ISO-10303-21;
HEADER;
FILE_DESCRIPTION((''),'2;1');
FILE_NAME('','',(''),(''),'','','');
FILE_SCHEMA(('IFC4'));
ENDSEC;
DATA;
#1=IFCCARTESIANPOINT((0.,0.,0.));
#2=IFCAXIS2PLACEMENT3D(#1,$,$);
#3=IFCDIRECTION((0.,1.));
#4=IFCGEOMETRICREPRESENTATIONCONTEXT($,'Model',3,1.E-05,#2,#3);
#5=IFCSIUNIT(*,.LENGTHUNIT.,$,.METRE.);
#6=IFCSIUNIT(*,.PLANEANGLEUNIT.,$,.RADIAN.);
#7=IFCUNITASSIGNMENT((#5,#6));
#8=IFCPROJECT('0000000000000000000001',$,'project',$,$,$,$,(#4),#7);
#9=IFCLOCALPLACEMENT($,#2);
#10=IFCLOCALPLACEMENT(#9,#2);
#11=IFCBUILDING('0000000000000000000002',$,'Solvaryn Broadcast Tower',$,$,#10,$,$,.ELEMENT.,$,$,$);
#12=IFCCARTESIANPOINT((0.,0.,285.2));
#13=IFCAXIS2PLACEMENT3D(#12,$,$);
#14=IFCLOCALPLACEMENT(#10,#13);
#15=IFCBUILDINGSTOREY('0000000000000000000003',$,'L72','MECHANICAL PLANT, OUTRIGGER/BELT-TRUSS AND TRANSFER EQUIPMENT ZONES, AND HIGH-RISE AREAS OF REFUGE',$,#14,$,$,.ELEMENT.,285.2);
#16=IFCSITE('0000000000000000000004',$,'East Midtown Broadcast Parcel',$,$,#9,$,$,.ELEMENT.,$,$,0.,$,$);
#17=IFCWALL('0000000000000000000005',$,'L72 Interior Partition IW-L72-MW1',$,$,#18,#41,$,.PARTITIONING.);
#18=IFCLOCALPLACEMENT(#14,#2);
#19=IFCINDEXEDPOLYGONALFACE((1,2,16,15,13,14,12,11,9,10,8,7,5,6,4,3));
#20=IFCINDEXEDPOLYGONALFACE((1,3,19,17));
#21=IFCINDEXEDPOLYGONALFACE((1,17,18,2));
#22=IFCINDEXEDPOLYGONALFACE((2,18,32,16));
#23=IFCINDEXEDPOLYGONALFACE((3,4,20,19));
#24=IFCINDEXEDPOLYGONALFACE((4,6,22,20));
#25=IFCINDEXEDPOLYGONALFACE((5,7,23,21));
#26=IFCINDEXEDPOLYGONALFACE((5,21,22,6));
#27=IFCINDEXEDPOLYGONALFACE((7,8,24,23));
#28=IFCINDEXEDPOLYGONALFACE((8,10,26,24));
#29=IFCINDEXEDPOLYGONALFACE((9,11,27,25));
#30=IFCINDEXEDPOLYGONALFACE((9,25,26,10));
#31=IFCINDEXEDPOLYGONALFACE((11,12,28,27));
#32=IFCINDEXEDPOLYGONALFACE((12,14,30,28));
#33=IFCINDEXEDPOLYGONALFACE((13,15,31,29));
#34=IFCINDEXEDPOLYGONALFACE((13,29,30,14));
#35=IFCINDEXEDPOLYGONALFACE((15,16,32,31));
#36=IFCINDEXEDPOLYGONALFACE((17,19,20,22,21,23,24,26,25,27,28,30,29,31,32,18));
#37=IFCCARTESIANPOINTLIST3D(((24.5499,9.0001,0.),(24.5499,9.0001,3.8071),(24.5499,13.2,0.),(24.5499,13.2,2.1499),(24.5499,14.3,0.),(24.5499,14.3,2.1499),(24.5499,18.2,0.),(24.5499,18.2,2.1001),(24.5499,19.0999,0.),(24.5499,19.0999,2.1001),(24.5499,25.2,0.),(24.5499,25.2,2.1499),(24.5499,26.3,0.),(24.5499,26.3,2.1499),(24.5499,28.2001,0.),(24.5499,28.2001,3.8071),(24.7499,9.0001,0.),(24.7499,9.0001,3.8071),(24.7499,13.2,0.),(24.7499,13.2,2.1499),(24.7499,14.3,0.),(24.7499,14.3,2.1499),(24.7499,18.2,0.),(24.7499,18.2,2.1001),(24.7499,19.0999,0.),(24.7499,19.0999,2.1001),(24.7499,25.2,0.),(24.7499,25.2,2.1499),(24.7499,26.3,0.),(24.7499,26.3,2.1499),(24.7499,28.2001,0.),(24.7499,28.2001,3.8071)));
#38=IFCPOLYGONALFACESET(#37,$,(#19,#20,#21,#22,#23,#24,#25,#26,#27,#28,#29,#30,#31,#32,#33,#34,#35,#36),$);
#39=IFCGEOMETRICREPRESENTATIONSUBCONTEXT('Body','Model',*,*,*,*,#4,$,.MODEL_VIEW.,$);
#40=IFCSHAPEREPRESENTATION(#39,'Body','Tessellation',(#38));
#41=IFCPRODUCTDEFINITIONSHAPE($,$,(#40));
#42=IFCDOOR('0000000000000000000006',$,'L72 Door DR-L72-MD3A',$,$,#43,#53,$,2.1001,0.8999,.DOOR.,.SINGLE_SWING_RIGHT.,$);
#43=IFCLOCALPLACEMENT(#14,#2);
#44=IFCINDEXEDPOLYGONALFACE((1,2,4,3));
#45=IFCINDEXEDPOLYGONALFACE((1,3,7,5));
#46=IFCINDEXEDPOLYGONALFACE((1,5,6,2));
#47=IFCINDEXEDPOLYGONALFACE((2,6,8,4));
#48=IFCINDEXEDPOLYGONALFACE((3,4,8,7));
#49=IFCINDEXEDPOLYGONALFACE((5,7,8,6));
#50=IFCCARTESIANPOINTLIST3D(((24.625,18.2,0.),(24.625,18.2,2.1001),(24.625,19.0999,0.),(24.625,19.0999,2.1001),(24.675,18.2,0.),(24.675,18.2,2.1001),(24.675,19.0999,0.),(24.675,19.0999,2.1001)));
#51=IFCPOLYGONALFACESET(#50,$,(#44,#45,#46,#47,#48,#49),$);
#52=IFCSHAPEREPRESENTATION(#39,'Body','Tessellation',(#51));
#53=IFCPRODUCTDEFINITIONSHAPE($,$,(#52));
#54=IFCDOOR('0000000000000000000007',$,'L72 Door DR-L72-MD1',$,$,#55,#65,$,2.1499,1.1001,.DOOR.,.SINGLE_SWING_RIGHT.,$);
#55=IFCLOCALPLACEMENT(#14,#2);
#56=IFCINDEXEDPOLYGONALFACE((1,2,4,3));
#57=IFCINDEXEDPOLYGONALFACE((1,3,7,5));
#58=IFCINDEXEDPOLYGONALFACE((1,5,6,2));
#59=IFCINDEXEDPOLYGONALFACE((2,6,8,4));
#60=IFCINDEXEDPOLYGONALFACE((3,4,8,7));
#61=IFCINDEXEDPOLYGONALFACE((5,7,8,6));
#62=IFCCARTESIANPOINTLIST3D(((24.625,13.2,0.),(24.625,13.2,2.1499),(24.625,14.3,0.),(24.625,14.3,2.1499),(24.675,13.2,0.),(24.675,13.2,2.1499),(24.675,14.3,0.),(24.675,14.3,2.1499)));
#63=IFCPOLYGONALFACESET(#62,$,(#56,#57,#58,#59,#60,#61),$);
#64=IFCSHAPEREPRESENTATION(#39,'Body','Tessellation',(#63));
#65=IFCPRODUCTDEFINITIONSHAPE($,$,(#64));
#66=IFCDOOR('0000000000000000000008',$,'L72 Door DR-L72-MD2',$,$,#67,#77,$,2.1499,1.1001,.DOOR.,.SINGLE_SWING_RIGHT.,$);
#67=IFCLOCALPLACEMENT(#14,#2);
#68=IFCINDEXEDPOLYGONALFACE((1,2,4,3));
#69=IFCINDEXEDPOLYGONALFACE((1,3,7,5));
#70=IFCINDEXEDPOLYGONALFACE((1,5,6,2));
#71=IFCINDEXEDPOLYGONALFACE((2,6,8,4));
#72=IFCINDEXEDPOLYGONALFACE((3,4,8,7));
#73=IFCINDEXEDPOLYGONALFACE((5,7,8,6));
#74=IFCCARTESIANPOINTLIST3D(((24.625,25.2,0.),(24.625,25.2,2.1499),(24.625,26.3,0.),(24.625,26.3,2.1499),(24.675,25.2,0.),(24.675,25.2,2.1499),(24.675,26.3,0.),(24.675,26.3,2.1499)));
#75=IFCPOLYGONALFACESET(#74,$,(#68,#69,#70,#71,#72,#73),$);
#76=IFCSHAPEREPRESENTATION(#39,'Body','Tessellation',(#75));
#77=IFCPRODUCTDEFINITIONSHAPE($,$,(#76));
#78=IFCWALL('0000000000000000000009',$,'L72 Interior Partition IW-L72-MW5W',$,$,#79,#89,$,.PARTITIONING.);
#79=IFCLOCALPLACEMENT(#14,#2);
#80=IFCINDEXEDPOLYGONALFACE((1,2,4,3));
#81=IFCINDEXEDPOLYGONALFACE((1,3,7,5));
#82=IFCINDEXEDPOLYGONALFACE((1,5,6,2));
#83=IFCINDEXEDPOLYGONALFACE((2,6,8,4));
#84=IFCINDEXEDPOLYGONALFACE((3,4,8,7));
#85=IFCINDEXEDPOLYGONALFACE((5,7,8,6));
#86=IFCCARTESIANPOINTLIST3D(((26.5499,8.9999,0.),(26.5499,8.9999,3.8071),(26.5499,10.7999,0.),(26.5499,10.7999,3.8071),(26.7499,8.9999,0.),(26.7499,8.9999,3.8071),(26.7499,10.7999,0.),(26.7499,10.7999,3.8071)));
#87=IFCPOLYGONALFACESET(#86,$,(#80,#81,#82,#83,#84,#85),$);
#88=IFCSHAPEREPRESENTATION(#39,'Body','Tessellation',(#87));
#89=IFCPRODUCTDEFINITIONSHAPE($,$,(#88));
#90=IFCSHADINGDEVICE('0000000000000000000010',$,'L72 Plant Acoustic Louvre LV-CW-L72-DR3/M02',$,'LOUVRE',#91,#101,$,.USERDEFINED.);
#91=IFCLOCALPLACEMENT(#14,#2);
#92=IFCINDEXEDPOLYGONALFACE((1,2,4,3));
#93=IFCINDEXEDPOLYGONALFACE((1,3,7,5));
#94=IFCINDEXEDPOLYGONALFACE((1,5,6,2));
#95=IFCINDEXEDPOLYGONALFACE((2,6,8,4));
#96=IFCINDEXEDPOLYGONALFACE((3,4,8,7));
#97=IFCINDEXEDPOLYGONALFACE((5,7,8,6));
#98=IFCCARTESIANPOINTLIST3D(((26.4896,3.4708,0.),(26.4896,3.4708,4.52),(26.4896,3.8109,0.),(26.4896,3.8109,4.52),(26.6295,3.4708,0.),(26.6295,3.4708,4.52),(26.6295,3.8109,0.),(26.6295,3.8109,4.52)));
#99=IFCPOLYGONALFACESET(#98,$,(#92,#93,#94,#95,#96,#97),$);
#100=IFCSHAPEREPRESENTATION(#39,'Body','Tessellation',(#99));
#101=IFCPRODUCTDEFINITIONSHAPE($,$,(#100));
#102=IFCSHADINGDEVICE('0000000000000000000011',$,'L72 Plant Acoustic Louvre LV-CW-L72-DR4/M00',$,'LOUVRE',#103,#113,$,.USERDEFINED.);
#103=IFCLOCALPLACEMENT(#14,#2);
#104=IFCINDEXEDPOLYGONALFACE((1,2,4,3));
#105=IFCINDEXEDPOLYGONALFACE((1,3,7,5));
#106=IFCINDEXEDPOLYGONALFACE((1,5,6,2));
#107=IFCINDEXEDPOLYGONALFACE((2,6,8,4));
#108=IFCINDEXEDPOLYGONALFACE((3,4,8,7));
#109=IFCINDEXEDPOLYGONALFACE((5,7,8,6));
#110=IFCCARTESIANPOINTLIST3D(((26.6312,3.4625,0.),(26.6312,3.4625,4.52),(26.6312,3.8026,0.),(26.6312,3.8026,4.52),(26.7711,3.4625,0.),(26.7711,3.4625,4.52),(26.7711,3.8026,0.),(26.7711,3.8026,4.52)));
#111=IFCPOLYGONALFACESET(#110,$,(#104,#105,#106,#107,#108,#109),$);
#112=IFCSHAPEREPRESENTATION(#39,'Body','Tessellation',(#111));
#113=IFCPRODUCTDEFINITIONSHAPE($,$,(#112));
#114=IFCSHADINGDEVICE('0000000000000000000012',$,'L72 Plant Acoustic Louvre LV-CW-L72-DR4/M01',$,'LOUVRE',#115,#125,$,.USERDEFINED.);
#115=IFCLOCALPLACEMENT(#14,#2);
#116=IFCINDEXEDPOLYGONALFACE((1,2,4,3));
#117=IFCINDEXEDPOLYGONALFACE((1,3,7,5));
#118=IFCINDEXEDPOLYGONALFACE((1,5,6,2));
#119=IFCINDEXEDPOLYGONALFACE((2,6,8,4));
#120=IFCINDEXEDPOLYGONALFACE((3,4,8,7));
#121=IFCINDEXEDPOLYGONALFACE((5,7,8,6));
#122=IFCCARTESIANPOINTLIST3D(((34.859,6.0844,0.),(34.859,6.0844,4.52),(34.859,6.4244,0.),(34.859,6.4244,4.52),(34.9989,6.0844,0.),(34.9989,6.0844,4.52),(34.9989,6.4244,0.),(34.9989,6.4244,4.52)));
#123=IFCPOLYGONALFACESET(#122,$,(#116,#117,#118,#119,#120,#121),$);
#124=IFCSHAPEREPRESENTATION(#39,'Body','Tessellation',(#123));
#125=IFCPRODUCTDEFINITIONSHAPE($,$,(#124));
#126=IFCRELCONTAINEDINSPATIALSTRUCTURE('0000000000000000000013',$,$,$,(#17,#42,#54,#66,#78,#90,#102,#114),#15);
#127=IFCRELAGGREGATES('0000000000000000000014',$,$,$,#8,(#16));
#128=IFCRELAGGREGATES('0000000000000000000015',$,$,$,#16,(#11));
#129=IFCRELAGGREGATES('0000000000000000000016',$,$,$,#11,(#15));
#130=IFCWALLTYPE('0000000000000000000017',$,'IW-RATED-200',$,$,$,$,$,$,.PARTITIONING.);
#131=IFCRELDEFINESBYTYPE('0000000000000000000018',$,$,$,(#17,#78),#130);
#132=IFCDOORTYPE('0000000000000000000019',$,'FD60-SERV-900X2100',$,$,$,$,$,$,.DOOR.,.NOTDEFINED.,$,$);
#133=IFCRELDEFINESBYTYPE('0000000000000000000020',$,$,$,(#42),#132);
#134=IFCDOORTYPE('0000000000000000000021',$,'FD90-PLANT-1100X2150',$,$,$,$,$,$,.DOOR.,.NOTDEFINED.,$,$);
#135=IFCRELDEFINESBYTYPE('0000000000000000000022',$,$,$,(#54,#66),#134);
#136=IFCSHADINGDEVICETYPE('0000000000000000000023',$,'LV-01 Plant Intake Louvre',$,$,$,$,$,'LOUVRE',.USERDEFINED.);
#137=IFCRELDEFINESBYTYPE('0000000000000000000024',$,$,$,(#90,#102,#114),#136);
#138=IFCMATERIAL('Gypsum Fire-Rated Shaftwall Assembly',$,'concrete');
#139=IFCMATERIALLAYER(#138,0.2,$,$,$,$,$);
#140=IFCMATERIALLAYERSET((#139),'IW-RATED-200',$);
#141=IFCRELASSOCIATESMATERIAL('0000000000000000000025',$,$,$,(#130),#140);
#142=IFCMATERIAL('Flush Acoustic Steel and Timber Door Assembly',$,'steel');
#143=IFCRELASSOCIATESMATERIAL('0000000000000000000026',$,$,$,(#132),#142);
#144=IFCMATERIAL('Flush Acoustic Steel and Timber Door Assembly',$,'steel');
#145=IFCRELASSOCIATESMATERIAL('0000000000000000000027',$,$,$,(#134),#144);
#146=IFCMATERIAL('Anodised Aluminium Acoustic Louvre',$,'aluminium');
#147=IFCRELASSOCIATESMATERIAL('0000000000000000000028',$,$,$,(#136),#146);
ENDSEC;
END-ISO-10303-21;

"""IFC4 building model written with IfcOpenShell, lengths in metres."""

from ifc_helpers import new_model, si_unit, direction, frame, frame_2d, origin, origin_2d, place, context, subcontext, project, spatial, rectangle, extrude, material, layer, layer_set, type_object, element, fill, save


model = new_model("IFC4")

# Units and contexts
model_context = context("Model", 3, precision=1e-05, world=origin(), true_north=direction((0.0, 1.0)))
body_context = subcontext(model_context, "Body", "Model", "MODEL_VIEW")
ifc_project = project(units=[si_unit("LENGTHUNIT", "METRE"), si_unit("PLANEANGLEUNIT", "RADIAN")], contexts=[model_context])

# Site, building, storey
site_placement = place(None, origin())
site = spatial("IfcSite", under=ifc_project, at=site_placement, Name="East Midtown Broadcast Parcel", CompositionType="ELEMENT", RefElevation=0.0)
building_placement = place(site_placement, origin())
building = spatial("IfcBuilding", under=site, at=building_placement, Name="Solvaryn Broadcast Tower", CompositionType="ELEMENT")
storey_placement = place(building_placement, frame((0.0, 0.0, 285.2)))
storey = spatial("IfcBuildingStorey", under=building, at=storey_placement, Name="L72", Description="MECHANICAL PLANT, OUTRIGGER/BELT-TRUSS AND TRANSFER EQUIPMENT ZONES, AND HIGH-RISE AREAS OF REFUGE", CompositionType="ELEMENT", Elevation=285.2)

# Wall, openings, doors
ifc_material_1 = material(Name="Gypsum Fire-Rated Shaftwall Assembly", Category="concrete")
ifc_layer_1 = layer(ifc_material_1, 0.2)
ifc_layer_set_1 = layer_set([ifc_layer_1], Name="IW-RATED-200")
wall_type = type_object("IfcWallType", Name="IW-RATED-200", PredefinedType="PARTITIONING", material=ifc_layer_set_1)
wall_1_placement = place(storey_placement, frame((24.6499, 9.0, 0.0), z_axis=(0.0, 0.0, 1.0), x_axis=(0.0, 1.0, 0.0)))
wall_1 = element("IfcWall", 1, at=wall_1_placement, inside=storey, type_object=wall_type, Name="L72 Interior Partition IW-L72-MW1", PredefinedType="PARTITIONING", context=body_context, shape_type="SweptSolid", body=[
    extrude(rectangle(XDim=19.2, YDim=0.2, at=frame_2d((9.6001, 0.0))), origin(), (0.0, 0.0, 1.0), 3.8071),
])
opening_1_placement = place(wall_1_placement, frame((4.2, 0.0, 0.0)))
opening_1 = element("IfcOpeningElement", 2, at=opening_1_placement, cuts=wall_1, PredefinedType="OPENING", context=body_context, shape_type="SweptSolid", body=[
    extrude(rectangle(XDim=1.1001, YDim=2.1499, at=frame_2d((0.55, 1.075))), frame((0.0, 0.1101, 0.0), z_axis=(0.0, -1.0, 0.0), x_axis=(1.0, 0.0, 0.0)), (0.0, 0.0, 1.0), 0.22),
])
opening_2_placement = place(wall_1_placement, frame((16.2, 0.0, 0.0)))
opening_2 = element("IfcOpeningElement", 3, at=opening_2_placement, cuts=wall_1, PredefinedType="OPENING", context=body_context, shape_type="SweptSolid", body=[
    extrude(rectangle(XDim=1.1001, YDim=2.1499, at=frame_2d((0.55, 1.075))), frame((0.0, 0.1101, 0.0), z_axis=(0.0, -1.0, 0.0), x_axis=(1.0, 0.0, 0.0)), (0.0, 0.0, 1.0), 0.22),
])
opening_3_placement = place(wall_1_placement, frame((9.2, 0.0, 0.0)))
opening_3 = element("IfcOpeningElement", 4, at=opening_3_placement, cuts=wall_1, PredefinedType="OPENING", context=body_context, shape_type="SweptSolid", body=[
    extrude(rectangle(XDim=0.8999, YDim=2.1001, at=frame_2d((0.45, 1.05))), frame((0.0, 0.1101, 0.0), z_axis=(0.0, -1.0, 0.0), x_axis=(1.0, 0.0, 0.0)), (0.0, 0.0, 1.0), 0.22),
])
ifc_material_2 = material(Name="Flush Acoustic Steel and Timber Door Assembly", Category="steel")
door_type_1 = type_object("IfcDoorType", Name="FD60-SERV-900X2100", OperationType="NOTDEFINED", PredefinedType="DOOR", material=ifc_material_2)
door_1_placement = place(opening_3_placement, origin())
door_1 = element("IfcDoor", 5, at=door_1_placement, inside=storey, type_object=door_type_1, Name="L72 Door DR-L72-MD3A", OperationType="SINGLE_SWING_RIGHT", OverallHeight=2.1001, OverallWidth=0.8999, PredefinedType="DOOR", context=body_context, shape_type="SweptSolid", body=[
    extrude(rectangle(XDim=0.8999, YDim=2.1001, at=frame_2d((0.45, 1.05))), frame((0.0, 0.0249, 0.0), z_axis=(0.0, -1.0, 0.0), x_axis=(1.0, 0.0, 0.0)), (0.0, 0.0, 1.0), 0.05),
])
fill(opening_3, door_1)
ifc_material_3 = material(Name="Flush Acoustic Steel and Timber Door Assembly", Category="steel")
door_type_2 = type_object("IfcDoorType", Name="FD90-PLANT-1100X2150", OperationType="NOTDEFINED", PredefinedType="DOOR", material=ifc_material_3)
door_2_placement = place(opening_1_placement, origin())
door_2 = element("IfcDoor", 6, at=door_2_placement, inside=storey, type_object=door_type_2, Name="L72 Door DR-L72-MD1", OperationType="SINGLE_SWING_RIGHT", OverallHeight=2.1499, OverallWidth=1.1001, PredefinedType="DOOR", context=body_context, shape_type="SweptSolid", body=[
    extrude(rectangle(XDim=1.1001, YDim=2.1499, at=frame_2d((0.55, 1.075))), frame((0.0, 0.0249, 0.0), z_axis=(0.0, -1.0, 0.0), x_axis=(1.0, 0.0, 0.0)), (0.0, 0.0, 1.0), 0.05),
])
fill(opening_1, door_2)
door_3_placement = place(opening_2_placement, origin())
door_3 = element("IfcDoor", 7, at=door_3_placement, inside=storey, type_object=door_type_2, Name="L72 Door DR-L72-MD2", OperationType="SINGLE_SWING_RIGHT", OverallHeight=2.1499, OverallWidth=1.1001, PredefinedType="DOOR", context=body_context, shape_type="SweptSolid", body=[
    extrude(rectangle(XDim=1.1001, YDim=2.1499, at=frame_2d((0.55, 1.075))), frame((0.0, 0.0249, 0.0), z_axis=(0.0, -1.0, 0.0), x_axis=(1.0, 0.0, 0.0)), (0.0, 0.0, 1.0), 0.05),
])
fill(opening_2, door_3)

# Wall
wall_2_placement = place(storey_placement, frame((26.6499, 9.0, 0.0), z_axis=(0.0, 0.0, 1.0), x_axis=(0.0, 1.0, 0.0)))
element("IfcWall", 8, at=wall_2_placement, inside=storey, type_object=wall_type, Name="L72 Interior Partition IW-L72-MW5W", PredefinedType="PARTITIONING", context=body_context, shape_type="SweptSolid", body=[
    extrude(rectangle(XDim=1.8, YDim=0.2, at=frame_2d((0.8999, 0.0))), origin(), (0.0, 0.0, 1.0), 3.8071),
])

# Shading devices
ifc_material_4 = material(Name="Anodised Aluminium Acoustic Louvre", Category="aluminium")
shading_device_type = type_object("IfcShadingDeviceType", Name="LV-01 Plant Intake Louvre", ElementType="LOUVRE", PredefinedType="USERDEFINED", material=ifc_material_4)
for number, where, z_axis, x_axis, name in (
    (9, (26.5596, 3.6409, 0.0), (0.0, 0.0, 1.0), (1.0, 0.0, 0.0), "L72 Plant Acoustic Louvre LV-CW-L72-DR3/M02"),
    (10, (26.7012, 3.6326, 0.0), (0.0, 0.0, 1.0), (1.0, 0.0, 0.0), "L72 Plant Acoustic Louvre LV-CW-L72-DR4/M00"),
    (11, (34.929, 6.2544, 0.0), (0.0, 0.0, 1.0), (1.0, 0.0, 0.0), "L72 Plant Acoustic Louvre LV-CW-L72-DR4/M01"),
):
    element("IfcShadingDevice", number, at=place(storey_placement, frame(where, z_axis=z_axis, x_axis=x_axis)), inside=storey, type_object=shading_device_type, Name=name, ObjectType="LOUVRE", PredefinedType="USERDEFINED", context=body_context, shape_type="SweptSolid", body=[
        extrude(rectangle(XDim=0.1399, YDim=0.3401, at=origin_2d()), origin(), (0.0, 0.0, 1.0), 4.52),
    ])

save(model, "model.ifc")
